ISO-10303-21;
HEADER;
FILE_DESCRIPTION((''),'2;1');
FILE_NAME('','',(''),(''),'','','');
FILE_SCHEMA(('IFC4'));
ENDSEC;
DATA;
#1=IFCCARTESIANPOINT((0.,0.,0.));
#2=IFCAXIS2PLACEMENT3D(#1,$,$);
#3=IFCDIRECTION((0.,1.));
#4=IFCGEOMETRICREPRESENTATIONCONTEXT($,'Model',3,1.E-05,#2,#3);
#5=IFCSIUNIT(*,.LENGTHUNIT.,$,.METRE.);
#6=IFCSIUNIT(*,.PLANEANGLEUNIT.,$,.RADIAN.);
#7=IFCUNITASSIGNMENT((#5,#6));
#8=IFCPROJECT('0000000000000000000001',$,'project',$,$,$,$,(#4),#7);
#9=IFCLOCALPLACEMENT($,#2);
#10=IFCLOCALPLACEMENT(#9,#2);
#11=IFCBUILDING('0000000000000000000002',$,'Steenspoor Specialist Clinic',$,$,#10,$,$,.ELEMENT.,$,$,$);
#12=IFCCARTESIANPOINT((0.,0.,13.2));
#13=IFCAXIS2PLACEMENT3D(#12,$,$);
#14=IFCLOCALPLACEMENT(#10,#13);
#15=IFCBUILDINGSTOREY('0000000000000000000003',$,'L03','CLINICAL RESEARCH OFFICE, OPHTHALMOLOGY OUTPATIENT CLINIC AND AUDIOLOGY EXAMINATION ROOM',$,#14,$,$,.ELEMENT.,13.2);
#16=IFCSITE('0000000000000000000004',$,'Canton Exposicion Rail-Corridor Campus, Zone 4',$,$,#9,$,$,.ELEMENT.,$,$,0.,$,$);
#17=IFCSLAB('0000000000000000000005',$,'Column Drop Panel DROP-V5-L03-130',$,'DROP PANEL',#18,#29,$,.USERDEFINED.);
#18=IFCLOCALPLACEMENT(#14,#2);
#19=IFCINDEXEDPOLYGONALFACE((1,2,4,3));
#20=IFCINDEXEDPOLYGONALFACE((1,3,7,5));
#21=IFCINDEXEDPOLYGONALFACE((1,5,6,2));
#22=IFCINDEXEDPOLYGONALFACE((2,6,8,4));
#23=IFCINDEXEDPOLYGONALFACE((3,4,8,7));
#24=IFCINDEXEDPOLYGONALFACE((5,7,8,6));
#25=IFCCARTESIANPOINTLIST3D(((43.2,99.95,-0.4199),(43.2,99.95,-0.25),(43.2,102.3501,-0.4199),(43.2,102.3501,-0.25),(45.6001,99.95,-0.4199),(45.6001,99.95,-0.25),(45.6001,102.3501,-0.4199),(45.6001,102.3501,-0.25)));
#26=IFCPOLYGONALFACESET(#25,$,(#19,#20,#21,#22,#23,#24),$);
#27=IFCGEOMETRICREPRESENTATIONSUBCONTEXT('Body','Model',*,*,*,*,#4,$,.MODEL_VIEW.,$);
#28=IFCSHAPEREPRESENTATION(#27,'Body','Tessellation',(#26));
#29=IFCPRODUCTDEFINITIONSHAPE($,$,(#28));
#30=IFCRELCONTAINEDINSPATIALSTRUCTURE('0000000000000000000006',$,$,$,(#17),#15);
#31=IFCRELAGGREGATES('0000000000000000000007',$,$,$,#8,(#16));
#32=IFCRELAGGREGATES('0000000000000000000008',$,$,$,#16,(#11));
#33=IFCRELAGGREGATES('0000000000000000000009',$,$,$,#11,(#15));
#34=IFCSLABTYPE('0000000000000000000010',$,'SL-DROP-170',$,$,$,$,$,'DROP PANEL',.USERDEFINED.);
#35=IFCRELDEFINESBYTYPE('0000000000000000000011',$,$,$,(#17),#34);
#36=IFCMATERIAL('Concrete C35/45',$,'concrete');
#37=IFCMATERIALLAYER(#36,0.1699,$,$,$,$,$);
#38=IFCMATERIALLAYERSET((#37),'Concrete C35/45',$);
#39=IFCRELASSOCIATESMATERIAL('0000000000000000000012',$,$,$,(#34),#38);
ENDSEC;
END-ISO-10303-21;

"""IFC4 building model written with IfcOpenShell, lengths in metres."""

from ifc_helpers import new_model, si_unit, direction, frame, origin, place, context, subcontext, project, spatial, polyline, outline, extrude, material, layer, layer_set, type_object, element, save


model = new_model("IFC4")

# Units and contexts
model_context = context("Model", 3, precision=1e-05, world=origin(), true_north=direction((0.0, 1.0)))
body_context = subcontext(model_context, "Body", "Model", "MODEL_VIEW")
ifc_project = project(units=[si_unit("LENGTHUNIT", "METRE"), si_unit("PLANEANGLEUNIT", "RADIAN")], contexts=[model_context])

# Site, building, storey
site_placement = place(None, origin())
site = spatial("IfcSite", under=ifc_project, at=site_placement, Name="Canton Exposicion Rail-Corridor Campus, Zone 4", CompositionType="ELEMENT", RefElevation=0.0)
building_placement = place(site_placement, origin())
building = spatial("IfcBuilding", under=site, at=building_placement, Name="Steenspoor Specialist Clinic", CompositionType="ELEMENT")
storey_placement = place(building_placement, frame((0.0, 0.0, 13.2)))
storey = spatial("IfcBuildingStorey", under=building, at=storey_placement, Name="L03", Description="CLINICAL RESEARCH OFFICE, OPHTHALMOLOGY OUTPATIENT CLINIC AND AUDIOLOGY EXAMINATION ROOM", CompositionType="ELEMENT", Elevation=13.2)

# Slab
ifc_material = material(Name="Concrete C35/45", Category="concrete")
ifc_layer = layer(ifc_material, 0.1699)
ifc_layer_set = layer_set([ifc_layer], Name="Concrete C35/45")
slab_type = type_object("IfcSlabType", Name="SL-DROP-170", ElementType="DROP PANEL", PredefinedType="USERDEFINED", material=ifc_layer_set)
slab_1_placement = place(storey_placement, frame((0.0, 0.0, -0.4199)))
element("IfcSlab", 1, at=slab_1_placement, inside=storey, type_object=slab_type, Name="Column Drop Panel DROP-V5-L03-130", ObjectType="DROP PANEL", PredefinedType="USERDEFINED", context=body_context, shape_type="SweptSolid", body=[
    extrude(outline(polyline([(45.6001, 99.95), (45.6001, 102.3501), (43.2, 102.3501), (43.2, 99.95), (45.6001, 99.95)])), origin(), (0.0, 0.0, 1.0), 0.1699),
])

save(model, "model.ifc")
